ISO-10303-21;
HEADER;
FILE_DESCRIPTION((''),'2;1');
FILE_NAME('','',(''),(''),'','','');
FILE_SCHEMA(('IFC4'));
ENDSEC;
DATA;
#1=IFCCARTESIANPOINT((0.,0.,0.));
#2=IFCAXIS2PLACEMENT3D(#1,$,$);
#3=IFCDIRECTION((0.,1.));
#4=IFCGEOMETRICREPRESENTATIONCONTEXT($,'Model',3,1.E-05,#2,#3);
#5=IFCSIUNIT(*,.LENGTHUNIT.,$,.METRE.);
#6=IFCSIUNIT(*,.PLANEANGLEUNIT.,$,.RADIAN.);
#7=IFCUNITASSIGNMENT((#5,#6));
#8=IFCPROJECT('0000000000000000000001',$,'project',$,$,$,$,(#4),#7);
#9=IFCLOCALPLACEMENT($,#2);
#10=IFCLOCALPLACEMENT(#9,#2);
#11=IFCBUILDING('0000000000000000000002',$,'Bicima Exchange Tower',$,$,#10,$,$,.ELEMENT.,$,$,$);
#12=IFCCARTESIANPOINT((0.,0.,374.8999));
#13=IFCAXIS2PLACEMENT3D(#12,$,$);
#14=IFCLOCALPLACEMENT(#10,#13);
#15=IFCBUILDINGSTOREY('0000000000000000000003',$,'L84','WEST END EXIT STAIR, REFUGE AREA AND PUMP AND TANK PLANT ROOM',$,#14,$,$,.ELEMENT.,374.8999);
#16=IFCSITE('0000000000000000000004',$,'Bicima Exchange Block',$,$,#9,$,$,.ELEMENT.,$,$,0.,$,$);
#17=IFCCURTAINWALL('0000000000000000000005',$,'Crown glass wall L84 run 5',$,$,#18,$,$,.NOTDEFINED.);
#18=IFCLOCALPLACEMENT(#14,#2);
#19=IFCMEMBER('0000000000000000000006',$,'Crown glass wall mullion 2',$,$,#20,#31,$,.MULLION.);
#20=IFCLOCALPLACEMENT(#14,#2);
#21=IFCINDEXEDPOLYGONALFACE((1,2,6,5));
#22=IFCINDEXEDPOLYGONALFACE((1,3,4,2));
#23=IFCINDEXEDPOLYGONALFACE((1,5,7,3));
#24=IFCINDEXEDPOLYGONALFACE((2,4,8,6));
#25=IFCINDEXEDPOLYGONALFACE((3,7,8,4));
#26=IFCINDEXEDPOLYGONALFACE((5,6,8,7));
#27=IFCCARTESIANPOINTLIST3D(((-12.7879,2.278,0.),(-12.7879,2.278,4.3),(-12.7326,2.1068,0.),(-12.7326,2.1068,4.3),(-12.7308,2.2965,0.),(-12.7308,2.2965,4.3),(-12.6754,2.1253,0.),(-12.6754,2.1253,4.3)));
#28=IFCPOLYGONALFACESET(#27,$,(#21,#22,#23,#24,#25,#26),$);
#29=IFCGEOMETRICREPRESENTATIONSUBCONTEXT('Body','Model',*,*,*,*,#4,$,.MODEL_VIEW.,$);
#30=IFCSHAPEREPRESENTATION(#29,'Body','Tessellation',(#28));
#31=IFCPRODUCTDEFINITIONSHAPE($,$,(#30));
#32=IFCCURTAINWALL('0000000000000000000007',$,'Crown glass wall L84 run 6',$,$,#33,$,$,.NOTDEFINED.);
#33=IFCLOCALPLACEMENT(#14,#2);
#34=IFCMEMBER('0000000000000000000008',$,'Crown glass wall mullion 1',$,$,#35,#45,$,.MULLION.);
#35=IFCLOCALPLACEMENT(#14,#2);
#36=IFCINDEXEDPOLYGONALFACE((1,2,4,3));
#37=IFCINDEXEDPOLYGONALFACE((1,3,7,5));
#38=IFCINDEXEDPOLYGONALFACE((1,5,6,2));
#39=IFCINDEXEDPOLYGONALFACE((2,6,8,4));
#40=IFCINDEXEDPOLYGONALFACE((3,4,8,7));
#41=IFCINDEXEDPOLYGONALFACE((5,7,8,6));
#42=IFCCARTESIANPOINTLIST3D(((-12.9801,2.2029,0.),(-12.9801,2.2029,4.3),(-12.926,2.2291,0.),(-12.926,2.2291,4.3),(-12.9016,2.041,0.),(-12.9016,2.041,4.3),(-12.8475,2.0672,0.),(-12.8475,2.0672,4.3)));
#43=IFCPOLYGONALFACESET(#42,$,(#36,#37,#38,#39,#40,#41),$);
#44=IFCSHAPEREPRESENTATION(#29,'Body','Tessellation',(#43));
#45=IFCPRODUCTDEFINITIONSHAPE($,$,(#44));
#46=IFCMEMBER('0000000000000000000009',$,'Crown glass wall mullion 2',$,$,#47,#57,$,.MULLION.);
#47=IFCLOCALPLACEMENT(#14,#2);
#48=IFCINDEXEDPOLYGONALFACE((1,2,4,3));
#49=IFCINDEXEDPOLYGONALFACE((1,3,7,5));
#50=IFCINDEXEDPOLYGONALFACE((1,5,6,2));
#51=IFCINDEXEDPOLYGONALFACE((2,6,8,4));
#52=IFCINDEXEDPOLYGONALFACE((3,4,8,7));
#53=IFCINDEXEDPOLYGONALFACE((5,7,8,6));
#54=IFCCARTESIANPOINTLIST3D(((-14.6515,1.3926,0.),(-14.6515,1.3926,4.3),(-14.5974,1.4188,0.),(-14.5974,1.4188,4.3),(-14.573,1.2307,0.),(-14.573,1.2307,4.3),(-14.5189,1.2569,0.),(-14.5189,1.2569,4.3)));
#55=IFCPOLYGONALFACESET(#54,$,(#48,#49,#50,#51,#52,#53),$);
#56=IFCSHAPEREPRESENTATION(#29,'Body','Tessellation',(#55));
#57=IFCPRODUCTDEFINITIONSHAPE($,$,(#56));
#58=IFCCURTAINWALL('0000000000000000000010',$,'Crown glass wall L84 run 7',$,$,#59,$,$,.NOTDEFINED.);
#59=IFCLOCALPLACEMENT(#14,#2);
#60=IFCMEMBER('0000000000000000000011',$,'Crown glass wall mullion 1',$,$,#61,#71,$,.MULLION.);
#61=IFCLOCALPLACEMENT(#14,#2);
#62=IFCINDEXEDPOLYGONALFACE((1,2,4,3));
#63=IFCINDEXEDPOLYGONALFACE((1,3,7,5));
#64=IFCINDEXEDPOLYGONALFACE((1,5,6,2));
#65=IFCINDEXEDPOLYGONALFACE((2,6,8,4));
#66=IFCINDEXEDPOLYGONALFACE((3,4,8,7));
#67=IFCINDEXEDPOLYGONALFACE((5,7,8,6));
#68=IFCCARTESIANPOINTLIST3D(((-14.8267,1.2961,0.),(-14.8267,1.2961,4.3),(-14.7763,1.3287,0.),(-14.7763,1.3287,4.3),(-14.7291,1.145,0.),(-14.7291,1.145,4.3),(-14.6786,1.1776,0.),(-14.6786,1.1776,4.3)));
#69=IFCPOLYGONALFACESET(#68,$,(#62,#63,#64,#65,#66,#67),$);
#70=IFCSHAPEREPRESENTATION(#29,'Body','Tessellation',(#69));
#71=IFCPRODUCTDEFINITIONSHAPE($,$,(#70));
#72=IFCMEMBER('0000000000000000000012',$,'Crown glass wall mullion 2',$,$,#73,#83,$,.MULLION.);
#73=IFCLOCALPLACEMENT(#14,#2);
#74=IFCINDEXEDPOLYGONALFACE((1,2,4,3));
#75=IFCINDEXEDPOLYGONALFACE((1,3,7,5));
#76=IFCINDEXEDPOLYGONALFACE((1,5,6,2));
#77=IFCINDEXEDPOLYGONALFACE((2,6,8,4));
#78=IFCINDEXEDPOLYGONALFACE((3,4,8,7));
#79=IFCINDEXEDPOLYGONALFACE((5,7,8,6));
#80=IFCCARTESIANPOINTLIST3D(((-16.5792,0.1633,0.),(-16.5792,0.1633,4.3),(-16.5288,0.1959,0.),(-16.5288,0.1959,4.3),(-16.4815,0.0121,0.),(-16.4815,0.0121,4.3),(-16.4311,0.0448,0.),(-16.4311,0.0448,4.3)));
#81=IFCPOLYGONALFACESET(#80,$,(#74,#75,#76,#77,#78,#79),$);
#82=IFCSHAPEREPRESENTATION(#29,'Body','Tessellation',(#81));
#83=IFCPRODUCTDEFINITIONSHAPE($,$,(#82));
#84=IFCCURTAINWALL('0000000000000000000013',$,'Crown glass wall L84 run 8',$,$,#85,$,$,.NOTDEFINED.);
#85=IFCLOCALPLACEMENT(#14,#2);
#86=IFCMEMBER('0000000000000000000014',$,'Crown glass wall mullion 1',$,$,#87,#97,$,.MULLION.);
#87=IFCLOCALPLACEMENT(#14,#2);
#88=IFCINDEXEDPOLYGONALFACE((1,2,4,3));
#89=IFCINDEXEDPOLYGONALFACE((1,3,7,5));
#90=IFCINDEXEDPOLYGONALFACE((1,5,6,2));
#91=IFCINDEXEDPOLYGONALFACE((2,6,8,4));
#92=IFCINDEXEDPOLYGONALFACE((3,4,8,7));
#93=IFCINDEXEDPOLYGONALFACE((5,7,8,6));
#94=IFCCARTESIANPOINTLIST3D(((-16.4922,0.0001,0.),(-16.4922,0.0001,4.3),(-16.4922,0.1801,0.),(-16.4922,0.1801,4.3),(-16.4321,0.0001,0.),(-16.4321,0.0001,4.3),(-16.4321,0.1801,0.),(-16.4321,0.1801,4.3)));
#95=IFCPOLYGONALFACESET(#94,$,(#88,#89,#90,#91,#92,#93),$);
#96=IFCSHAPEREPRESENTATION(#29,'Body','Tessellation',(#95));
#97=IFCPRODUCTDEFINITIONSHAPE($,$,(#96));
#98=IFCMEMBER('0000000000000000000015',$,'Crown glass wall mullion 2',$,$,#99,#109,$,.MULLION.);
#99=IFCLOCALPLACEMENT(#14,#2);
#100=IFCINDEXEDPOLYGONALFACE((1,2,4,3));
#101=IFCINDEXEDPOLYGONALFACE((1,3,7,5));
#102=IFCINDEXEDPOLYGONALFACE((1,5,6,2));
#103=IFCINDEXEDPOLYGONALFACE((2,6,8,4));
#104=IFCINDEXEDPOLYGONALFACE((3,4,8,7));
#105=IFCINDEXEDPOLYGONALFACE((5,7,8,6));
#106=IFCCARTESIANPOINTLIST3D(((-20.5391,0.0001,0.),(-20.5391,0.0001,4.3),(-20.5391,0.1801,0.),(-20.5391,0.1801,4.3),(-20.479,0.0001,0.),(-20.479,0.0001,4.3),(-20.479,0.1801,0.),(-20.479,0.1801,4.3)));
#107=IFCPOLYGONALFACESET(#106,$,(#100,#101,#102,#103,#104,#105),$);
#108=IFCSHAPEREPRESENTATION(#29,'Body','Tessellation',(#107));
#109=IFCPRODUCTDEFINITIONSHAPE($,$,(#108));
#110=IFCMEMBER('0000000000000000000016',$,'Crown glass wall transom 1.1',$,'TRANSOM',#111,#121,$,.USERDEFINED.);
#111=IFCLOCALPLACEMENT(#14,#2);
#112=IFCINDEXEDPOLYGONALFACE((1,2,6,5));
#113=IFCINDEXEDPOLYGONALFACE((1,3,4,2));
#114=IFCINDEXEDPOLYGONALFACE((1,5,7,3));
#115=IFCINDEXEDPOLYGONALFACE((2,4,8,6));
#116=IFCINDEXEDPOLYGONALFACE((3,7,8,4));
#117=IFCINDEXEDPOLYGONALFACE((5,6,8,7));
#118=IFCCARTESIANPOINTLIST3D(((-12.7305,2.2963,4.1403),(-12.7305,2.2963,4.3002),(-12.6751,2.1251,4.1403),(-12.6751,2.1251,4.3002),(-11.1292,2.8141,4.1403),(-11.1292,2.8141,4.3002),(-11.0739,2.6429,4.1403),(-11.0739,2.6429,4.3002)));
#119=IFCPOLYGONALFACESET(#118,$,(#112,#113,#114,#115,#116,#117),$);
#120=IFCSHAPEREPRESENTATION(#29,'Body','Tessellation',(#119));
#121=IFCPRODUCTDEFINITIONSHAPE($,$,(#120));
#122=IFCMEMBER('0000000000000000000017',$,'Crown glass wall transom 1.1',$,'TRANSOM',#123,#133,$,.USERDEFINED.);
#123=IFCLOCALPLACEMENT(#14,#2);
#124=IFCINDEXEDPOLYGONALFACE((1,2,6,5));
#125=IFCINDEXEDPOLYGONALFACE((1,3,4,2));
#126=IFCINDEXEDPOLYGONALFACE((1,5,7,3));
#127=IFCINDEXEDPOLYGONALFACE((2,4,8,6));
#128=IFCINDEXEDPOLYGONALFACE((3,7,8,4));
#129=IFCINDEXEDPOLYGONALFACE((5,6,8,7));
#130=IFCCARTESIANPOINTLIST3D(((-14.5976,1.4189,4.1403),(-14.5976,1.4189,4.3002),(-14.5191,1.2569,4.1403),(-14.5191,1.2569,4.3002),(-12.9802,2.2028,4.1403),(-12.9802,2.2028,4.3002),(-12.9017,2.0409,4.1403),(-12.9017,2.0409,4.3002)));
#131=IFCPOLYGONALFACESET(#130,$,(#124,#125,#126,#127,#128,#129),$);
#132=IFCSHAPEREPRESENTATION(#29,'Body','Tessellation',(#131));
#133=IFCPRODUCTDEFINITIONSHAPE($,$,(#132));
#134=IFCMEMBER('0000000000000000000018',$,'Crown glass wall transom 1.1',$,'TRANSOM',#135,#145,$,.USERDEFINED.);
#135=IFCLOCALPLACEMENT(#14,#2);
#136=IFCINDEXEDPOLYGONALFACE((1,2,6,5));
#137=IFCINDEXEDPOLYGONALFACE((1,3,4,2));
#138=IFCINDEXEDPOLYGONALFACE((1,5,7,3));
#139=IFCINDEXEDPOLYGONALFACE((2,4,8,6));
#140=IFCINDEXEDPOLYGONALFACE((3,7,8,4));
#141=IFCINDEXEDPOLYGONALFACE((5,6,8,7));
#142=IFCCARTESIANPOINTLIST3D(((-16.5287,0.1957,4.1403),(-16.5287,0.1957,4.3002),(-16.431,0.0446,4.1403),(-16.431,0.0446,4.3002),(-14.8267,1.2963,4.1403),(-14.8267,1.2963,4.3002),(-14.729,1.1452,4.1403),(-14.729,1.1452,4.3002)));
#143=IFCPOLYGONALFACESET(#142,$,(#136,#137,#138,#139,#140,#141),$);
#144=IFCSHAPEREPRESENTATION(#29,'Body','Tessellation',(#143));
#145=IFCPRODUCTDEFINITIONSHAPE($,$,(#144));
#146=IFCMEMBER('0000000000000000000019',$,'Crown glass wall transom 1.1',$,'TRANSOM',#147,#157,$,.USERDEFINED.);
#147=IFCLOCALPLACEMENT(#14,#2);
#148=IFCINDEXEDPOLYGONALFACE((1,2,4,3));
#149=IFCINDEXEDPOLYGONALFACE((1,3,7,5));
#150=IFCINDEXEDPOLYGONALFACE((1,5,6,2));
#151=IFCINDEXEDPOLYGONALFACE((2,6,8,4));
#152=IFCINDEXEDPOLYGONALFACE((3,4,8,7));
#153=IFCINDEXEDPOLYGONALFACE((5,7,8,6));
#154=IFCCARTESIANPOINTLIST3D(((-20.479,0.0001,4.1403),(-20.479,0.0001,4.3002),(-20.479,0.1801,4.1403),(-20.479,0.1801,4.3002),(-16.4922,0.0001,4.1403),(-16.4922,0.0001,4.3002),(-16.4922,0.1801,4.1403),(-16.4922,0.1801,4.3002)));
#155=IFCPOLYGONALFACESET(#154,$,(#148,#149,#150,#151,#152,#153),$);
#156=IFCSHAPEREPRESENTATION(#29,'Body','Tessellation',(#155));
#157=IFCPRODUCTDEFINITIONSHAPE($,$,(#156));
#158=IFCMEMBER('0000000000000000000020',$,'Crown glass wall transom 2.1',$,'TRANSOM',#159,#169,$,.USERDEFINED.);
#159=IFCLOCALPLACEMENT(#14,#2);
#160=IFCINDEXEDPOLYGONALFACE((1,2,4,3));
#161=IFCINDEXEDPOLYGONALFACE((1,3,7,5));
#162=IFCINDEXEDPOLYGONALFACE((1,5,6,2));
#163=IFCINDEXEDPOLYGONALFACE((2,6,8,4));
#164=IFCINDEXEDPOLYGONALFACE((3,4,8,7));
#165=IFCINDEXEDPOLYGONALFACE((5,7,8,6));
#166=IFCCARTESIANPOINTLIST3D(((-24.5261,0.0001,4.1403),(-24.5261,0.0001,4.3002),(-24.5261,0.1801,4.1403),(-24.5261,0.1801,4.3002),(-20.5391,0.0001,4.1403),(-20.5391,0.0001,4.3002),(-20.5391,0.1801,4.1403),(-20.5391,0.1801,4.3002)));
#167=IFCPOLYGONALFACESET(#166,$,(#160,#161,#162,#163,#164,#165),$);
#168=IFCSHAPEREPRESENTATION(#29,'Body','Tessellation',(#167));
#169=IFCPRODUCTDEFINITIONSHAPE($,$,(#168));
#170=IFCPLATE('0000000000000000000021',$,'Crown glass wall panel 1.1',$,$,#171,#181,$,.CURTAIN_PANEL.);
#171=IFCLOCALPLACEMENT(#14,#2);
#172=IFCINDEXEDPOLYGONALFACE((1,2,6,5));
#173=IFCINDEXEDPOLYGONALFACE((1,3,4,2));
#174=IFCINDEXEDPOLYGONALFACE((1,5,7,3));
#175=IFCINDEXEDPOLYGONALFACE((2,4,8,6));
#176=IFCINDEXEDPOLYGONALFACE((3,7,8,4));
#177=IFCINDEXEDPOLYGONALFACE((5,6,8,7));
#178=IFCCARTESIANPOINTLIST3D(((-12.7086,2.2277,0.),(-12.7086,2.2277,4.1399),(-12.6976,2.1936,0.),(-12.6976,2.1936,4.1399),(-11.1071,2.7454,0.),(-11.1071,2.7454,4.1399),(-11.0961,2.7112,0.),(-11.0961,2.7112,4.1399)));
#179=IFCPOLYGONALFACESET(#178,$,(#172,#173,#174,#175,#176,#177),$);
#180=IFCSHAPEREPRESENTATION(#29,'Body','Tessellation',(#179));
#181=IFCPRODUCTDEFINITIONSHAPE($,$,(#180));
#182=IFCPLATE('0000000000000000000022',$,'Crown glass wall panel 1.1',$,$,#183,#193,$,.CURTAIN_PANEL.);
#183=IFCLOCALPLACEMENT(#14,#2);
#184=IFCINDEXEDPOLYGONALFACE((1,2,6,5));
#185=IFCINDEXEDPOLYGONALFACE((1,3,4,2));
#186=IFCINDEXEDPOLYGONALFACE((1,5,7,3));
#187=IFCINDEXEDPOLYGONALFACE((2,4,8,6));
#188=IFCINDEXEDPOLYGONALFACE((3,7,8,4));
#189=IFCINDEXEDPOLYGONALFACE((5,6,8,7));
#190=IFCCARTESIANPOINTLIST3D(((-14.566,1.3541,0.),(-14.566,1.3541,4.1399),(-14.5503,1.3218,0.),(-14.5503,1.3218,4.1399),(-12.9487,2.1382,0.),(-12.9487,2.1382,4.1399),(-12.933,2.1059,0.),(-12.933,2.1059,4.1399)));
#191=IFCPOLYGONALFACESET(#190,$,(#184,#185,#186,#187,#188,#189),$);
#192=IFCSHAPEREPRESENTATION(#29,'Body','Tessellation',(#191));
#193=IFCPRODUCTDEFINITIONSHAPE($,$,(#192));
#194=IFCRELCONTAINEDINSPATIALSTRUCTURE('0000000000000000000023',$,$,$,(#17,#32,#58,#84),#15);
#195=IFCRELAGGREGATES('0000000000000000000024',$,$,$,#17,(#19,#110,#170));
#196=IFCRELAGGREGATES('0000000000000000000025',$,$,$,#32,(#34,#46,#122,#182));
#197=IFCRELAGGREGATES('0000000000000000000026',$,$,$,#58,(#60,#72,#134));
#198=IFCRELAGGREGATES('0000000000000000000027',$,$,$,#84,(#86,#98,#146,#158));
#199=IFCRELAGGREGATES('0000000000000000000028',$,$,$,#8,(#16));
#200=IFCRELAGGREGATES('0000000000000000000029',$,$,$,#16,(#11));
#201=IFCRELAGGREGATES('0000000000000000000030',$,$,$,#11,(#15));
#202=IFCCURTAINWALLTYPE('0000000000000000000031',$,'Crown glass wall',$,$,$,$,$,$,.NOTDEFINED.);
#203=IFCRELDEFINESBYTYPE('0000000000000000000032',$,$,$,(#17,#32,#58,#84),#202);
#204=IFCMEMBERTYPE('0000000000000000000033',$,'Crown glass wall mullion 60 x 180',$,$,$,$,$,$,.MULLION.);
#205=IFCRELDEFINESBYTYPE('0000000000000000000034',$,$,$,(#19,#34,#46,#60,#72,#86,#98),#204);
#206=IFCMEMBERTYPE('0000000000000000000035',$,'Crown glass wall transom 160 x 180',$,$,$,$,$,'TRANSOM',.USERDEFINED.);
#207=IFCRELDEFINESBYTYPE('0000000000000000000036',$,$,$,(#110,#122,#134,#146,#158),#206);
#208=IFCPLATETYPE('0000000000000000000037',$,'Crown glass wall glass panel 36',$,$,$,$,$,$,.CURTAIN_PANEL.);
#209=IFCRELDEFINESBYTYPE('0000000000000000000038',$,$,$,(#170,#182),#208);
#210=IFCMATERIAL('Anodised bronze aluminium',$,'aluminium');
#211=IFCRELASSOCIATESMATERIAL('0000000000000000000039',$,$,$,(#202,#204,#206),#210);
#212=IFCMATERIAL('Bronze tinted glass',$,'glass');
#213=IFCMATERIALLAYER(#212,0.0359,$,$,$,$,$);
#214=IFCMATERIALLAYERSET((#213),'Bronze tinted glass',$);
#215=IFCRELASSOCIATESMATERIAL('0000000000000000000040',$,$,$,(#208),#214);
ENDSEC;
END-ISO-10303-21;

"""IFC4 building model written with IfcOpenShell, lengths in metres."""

from ifc_helpers import new_model, si_unit, direction, frame, origin, origin_2d, place, context, subcontext, project, spatial, rectangle, extrude, material, layer, layer_set, material_profile, profile_set, type_object, element, aggregate, save


model = new_model("IFC4")

# Units and contexts
model_context = context("Model", 3, precision=1e-05, world=origin(), true_north=direction((0.0, 1.0)))
body_context = subcontext(model_context, "Body", "Model", "MODEL_VIEW")
ifc_project = project(units=[si_unit("LENGTHUNIT", "METRE"), si_unit("PLANEANGLEUNIT", "RADIAN")], contexts=[model_context])

# Site, building, storey
site_placement = place(None, origin())
site = spatial("IfcSite", under=ifc_project, at=site_placement, Name="Bicima Exchange Block", CompositionType="ELEMENT", RefElevation=0.0)
building_placement = place(site_placement, origin())
building = spatial("IfcBuilding", under=site, at=building_placement, Name="Bicima Exchange Tower", CompositionType="ELEMENT")
storey_placement = place(building_placement, frame((0.0, 0.0, 374.8999)))
storey = spatial("IfcBuildingStorey", under=building, at=storey_placement, Name="L84", Description="WEST END EXIT STAIR, REFUGE AREA AND PUMP AND TANK PLANT ROOM", CompositionType="ELEMENT", Elevation=374.8999)

# Curtain wall, member
ifc_material_1 = material(Name="Anodised bronze aluminium", Category="aluminium")
curtain_wall_type = type_object("IfcCurtainWallType", Name="Crown glass wall", PredefinedType="NOTDEFINED", material=ifc_material_1)
curtain_wall_1_placement = place(storey_placement, origin())
curtain_wall_1 = element("IfcCurtainWall", 1, at=curtain_wall_1_placement, inside=storey, type_object=curtain_wall_type, Name="Crown glass wall L84 run 5", PredefinedType="NOTDEFINED")
ifc_material_profile_1 = material_profile(ifc_material_1, rectangle(XDim=0.1799, YDim=0.0601, at=origin_2d()))
ifc_profile_set_1 = profile_set([ifc_material_profile_1], Name="Anodised bronze aluminium")
member_type_1 = type_object("IfcMemberType", Name="Crown glass wall mullion 60 x 180", PredefinedType="MULLION", material=ifc_profile_set_1)
member_1_placement = place(storey_placement, frame((-12.7317, 2.2017, 0.0), z_axis=(0.0, 0.0, 1.0), x_axis=(0.307573, -0.951525, 0.0)))
member_1 = element("IfcMember", 2, at=member_1_placement, type_object=member_type_1, Name="Crown glass wall mullion 2", PredefinedType="MULLION", context=body_context, shape_type="SweptSolid", body=[
    extrude(rectangle(XDim=0.1799, YDim=0.0601, at=origin_2d()), origin(), (0.0, 0.0, 1.0), 4.3),
])

# Curtain walls, members
curtain_wall_2_placement = place(storey_placement, origin())
curtain_wall_2 = element("IfcCurtainWall", 3, at=curtain_wall_2_placement, inside=storey, type_object=curtain_wall_type, Name="Crown glass wall L84 run 6", PredefinedType="NOTDEFINED")
member_2_placement = place(storey_placement, frame((-12.9138, 2.135, 0.0), z_axis=(0.0, 0.0, 1.0), x_axis=(0.436265, -0.899818, 0.0)))
member_2 = element("IfcMember", 4, at=member_2_placement, type_object=member_type_1, Name="Crown glass wall mullion 1", PredefinedType="MULLION", context=body_context, shape_type="SweptSolid", body=[
    extrude(rectangle(XDim=0.1799, YDim=0.0601, at=origin_2d()), origin(), (0.0, 0.0, 1.0), 4.3),
])
member_3_placement = place(storey_placement, frame((-14.5852, 1.3247, 0.0), z_axis=(0.0, 0.0, 1.0), x_axis=(0.436265, -0.899818, 0.0)))
member_3 = element("IfcMember", 5, at=member_3_placement, type_object=member_type_1, Name="Crown glass wall mullion 2", PredefinedType="MULLION", context=body_context, shape_type="SweptSolid", body=[
    extrude(rectangle(XDim=0.1799, YDim=0.0601, at=origin_2d()), origin(), (0.0, 0.0, 1.0), 4.3),
])
curtain_wall_3_placement = place(storey_placement, origin())
curtain_wall_3 = element("IfcCurtainWall", 6, at=curtain_wall_3_placement, inside=storey, type_object=curtain_wall_type, Name="Crown glass wall L84 run 7", PredefinedType="NOTDEFINED")
member_4_placement = place(storey_placement, frame((-14.7527, 1.2368, 0.0), z_axis=(0.0, 0.0, 1.0), x_axis=(0.542911, -0.83979, 0.0)))
member_4 = element("IfcMember", 7, at=member_4_placement, type_object=member_type_1, Name="Crown glass wall mullion 1", PredefinedType="MULLION", context=body_context, shape_type="SweptSolid", body=[
    extrude(rectangle(XDim=0.1799, YDim=0.0601, at=origin_2d()), origin(), (0.0, 0.0, 1.0), 4.3),
])
member_5_placement = place(storey_placement, frame((-16.5051, 0.104, 0.0), z_axis=(0.0, 0.0, 1.0), x_axis=(0.542911, -0.83979, 0.0)))
member_5 = element("IfcMember", 8, at=member_5_placement, type_object=member_type_1, Name="Crown glass wall mullion 2", PredefinedType="MULLION", context=body_context, shape_type="SweptSolid", body=[
    extrude(rectangle(XDim=0.1799, YDim=0.0601, at=origin_2d()), origin(), (0.0, 0.0, 1.0), 4.3),
])
curtain_wall_4_placement = place(storey_placement, origin())
curtain_wall_4 = element("IfcCurtainWall", 9, at=curtain_wall_4_placement, inside=storey, type_object=curtain_wall_type, Name="Crown glass wall L84 run 8", PredefinedType="NOTDEFINED")
member_6_placement = place(storey_placement, frame((-16.4622, 0.0901, 0.0), z_axis=(0.0, 0.0, 1.0), x_axis=(0.0, -1.0, 0.0)))
member_6 = element("IfcMember", 10, at=member_6_placement, type_object=member_type_1, Name="Crown glass wall mullion 1", PredefinedType="MULLION", context=body_context, shape_type="SweptSolid", body=[
    extrude(rectangle(XDim=0.1799, YDim=0.0601, at=origin_2d()), origin(), (0.0, 0.0, 1.0), 4.3),
])
member_7_placement = place(storey_placement, frame((-20.509, 0.0901, 0.0), z_axis=(0.0, 0.0, 1.0), x_axis=(0.0, -1.0, 0.0)))
member_7 = element("IfcMember", 11, at=member_7_placement, type_object=member_type_1, Name="Crown glass wall mullion 2", PredefinedType="MULLION", context=body_context, shape_type="SweptSolid", body=[
    extrude(rectangle(XDim=0.1799, YDim=0.0601, at=origin_2d()), origin(), (0.0, 0.0, 1.0), 4.3),
])

# Members
ifc_material_profile_2 = material_profile(ifc_material_1, rectangle(XDim=0.1799, YDim=0.1599, at=origin_2d()))
ifc_profile_set_2 = profile_set([ifc_material_profile_2], Name="Anodised bronze aluminium")
member_type_2 = type_object("IfcMemberType", Name="Crown glass wall transom 160 x 180", ElementType="TRANSOM", PredefinedType="USERDEFINED", material=ifc_profile_set_2)
member_8_placement = place(storey_placement, frame((-11.1016, 2.7285, 4.2202), z_axis=(-0.951488, -0.307685, 0.0), x_axis=(0.307685, -0.951488, 0.0)))
member_8 = element("IfcMember", 12, at=member_8_placement, type_object=member_type_2, Name="Crown glass wall transom 1.1", ObjectType="TRANSOM", PredefinedType="USERDEFINED", context=body_context, shape_type="SweptSolid", body=[
    extrude(rectangle(XDim=0.1799, YDim=0.1599, at=origin_2d()), origin(), (0.0, 0.0, 1.0), 1.6829),
])
member_9_placement = place(storey_placement, frame((-12.9409, 2.1218, 4.2202), z_axis=(-0.899874, -0.43615, 0.0), x_axis=(0.43615, -0.899874, 0.0)))
member_9 = element("IfcMember", 13, at=member_9_placement, type_object=member_type_2, Name="Crown glass wall transom 1.1", ObjectType="TRANSOM", PredefinedType="USERDEFINED", context=body_context, shape_type="SweptSolid", body=[
    extrude(rectangle(XDim=0.1799, YDim=0.1599, at=origin_2d()), origin(), (0.0, 0.0, 1.0), 1.7974),
])
member_10_placement = place(storey_placement, frame((-14.7778, 1.2207, 4.2202), z_axis=(-0.839751, -0.542972, 0.0), x_axis=(0.542972, -0.839751, 0.0)))
member_10 = element("IfcMember", 14, at=member_10_placement, type_object=member_type_2, Name="Crown glass wall transom 1.1", ObjectType="TRANSOM", PredefinedType="USERDEFINED", context=body_context, shape_type="SweptSolid", body=[
    extrude(rectangle(XDim=0.1799, YDim=0.1599, at=origin_2d()), origin(), (0.0, 0.0, 1.0), 2.0269),
])
member_11_placement = place(storey_placement, frame((-16.4922, 0.0901, 4.2202), z_axis=(-1.0, 0.0, 0.0), x_axis=(0.0, -1.0, 0.0)))
member_11 = element("IfcMember", 15, at=member_11_placement, type_object=member_type_2, Name="Crown glass wall transom 1.1", ObjectType="TRANSOM", PredefinedType="USERDEFINED", context=body_context, shape_type="SweptSolid", body=[
    extrude(rectangle(XDim=0.1799, YDim=0.1599, at=origin_2d()), origin(), (0.0, 0.0, 1.0), 3.9868),
])
member_12_placement = place(storey_placement, frame((-20.5391, 0.0901, 4.2202), z_axis=(-1.0, 0.0, 0.0), x_axis=(0.0, -1.0, 0.0)))
member_12 = element("IfcMember", 16, at=member_12_placement, type_object=member_type_2, Name="Crown glass wall transom 2.1", ObjectType="TRANSOM", PredefinedType="USERDEFINED", context=body_context, shape_type="SweptSolid", body=[
    extrude(rectangle(XDim=0.1799, YDim=0.1599, at=origin_2d()), origin(), (0.0, 0.0, 1.0), 3.9871),
])

# Plates
ifc_material_2 = material(Name="Bronze tinted glass", Category="glass")
ifc_layer_1 = layer(ifc_material_2, 0.0359)
ifc_layer_set_1 = layer_set([ifc_layer_1], Name="Bronze tinted glass")
plate_type = type_object("IfcPlateType", Name="Crown glass wall glass panel 36", PredefinedType="CURTAIN_PANEL", material=ifc_layer_set_1)
plate_1_placement = place(storey_placement, frame((-11.9023, 2.4695, 0.0), z_axis=(0.0, 0.0, 1.0), x_axis=(-0.951525, -0.307573, 0.0)))
plate_1 = element("IfcPlate", 17, at=plate_1_placement, type_object=plate_type, Name="Crown glass wall panel 1.1", PredefinedType="CURTAIN_PANEL", context=body_context, shape_type="SweptSolid", body=[
    extrude(rectangle(XDim=1.6831, YDim=0.0359, at=origin_2d()), origin(), (0.0, 0.0, 1.0), 4.1399),
])
aggregate(curtain_wall_1, [member_1, member_8, plate_1])
plate_2_placement = place(storey_placement, frame((-13.7495, 1.73, 0.0), z_axis=(0.0, 0.0, 1.0), x_axis=(-0.899818, -0.436265, 0.0)))
plate_2 = element("IfcPlate", 18, at=plate_2_placement, type_object=plate_type, Name="Crown glass wall panel 1.1", PredefinedType="CURTAIN_PANEL", context=body_context, shape_type="SweptSolid", body=[
    extrude(rectangle(XDim=1.7974, YDim=0.0359, at=origin_2d()), origin(), (0.0, 0.0, 1.0), 4.1399),
])
aggregate(curtain_wall_2, [member_2, member_3, member_9, plate_2])
aggregate(curtain_wall_3, [member_4, member_5, member_10])
aggregate(curtain_wall_4, [member_6, member_7, member_11, member_12])

save(model, "model.ifc")
